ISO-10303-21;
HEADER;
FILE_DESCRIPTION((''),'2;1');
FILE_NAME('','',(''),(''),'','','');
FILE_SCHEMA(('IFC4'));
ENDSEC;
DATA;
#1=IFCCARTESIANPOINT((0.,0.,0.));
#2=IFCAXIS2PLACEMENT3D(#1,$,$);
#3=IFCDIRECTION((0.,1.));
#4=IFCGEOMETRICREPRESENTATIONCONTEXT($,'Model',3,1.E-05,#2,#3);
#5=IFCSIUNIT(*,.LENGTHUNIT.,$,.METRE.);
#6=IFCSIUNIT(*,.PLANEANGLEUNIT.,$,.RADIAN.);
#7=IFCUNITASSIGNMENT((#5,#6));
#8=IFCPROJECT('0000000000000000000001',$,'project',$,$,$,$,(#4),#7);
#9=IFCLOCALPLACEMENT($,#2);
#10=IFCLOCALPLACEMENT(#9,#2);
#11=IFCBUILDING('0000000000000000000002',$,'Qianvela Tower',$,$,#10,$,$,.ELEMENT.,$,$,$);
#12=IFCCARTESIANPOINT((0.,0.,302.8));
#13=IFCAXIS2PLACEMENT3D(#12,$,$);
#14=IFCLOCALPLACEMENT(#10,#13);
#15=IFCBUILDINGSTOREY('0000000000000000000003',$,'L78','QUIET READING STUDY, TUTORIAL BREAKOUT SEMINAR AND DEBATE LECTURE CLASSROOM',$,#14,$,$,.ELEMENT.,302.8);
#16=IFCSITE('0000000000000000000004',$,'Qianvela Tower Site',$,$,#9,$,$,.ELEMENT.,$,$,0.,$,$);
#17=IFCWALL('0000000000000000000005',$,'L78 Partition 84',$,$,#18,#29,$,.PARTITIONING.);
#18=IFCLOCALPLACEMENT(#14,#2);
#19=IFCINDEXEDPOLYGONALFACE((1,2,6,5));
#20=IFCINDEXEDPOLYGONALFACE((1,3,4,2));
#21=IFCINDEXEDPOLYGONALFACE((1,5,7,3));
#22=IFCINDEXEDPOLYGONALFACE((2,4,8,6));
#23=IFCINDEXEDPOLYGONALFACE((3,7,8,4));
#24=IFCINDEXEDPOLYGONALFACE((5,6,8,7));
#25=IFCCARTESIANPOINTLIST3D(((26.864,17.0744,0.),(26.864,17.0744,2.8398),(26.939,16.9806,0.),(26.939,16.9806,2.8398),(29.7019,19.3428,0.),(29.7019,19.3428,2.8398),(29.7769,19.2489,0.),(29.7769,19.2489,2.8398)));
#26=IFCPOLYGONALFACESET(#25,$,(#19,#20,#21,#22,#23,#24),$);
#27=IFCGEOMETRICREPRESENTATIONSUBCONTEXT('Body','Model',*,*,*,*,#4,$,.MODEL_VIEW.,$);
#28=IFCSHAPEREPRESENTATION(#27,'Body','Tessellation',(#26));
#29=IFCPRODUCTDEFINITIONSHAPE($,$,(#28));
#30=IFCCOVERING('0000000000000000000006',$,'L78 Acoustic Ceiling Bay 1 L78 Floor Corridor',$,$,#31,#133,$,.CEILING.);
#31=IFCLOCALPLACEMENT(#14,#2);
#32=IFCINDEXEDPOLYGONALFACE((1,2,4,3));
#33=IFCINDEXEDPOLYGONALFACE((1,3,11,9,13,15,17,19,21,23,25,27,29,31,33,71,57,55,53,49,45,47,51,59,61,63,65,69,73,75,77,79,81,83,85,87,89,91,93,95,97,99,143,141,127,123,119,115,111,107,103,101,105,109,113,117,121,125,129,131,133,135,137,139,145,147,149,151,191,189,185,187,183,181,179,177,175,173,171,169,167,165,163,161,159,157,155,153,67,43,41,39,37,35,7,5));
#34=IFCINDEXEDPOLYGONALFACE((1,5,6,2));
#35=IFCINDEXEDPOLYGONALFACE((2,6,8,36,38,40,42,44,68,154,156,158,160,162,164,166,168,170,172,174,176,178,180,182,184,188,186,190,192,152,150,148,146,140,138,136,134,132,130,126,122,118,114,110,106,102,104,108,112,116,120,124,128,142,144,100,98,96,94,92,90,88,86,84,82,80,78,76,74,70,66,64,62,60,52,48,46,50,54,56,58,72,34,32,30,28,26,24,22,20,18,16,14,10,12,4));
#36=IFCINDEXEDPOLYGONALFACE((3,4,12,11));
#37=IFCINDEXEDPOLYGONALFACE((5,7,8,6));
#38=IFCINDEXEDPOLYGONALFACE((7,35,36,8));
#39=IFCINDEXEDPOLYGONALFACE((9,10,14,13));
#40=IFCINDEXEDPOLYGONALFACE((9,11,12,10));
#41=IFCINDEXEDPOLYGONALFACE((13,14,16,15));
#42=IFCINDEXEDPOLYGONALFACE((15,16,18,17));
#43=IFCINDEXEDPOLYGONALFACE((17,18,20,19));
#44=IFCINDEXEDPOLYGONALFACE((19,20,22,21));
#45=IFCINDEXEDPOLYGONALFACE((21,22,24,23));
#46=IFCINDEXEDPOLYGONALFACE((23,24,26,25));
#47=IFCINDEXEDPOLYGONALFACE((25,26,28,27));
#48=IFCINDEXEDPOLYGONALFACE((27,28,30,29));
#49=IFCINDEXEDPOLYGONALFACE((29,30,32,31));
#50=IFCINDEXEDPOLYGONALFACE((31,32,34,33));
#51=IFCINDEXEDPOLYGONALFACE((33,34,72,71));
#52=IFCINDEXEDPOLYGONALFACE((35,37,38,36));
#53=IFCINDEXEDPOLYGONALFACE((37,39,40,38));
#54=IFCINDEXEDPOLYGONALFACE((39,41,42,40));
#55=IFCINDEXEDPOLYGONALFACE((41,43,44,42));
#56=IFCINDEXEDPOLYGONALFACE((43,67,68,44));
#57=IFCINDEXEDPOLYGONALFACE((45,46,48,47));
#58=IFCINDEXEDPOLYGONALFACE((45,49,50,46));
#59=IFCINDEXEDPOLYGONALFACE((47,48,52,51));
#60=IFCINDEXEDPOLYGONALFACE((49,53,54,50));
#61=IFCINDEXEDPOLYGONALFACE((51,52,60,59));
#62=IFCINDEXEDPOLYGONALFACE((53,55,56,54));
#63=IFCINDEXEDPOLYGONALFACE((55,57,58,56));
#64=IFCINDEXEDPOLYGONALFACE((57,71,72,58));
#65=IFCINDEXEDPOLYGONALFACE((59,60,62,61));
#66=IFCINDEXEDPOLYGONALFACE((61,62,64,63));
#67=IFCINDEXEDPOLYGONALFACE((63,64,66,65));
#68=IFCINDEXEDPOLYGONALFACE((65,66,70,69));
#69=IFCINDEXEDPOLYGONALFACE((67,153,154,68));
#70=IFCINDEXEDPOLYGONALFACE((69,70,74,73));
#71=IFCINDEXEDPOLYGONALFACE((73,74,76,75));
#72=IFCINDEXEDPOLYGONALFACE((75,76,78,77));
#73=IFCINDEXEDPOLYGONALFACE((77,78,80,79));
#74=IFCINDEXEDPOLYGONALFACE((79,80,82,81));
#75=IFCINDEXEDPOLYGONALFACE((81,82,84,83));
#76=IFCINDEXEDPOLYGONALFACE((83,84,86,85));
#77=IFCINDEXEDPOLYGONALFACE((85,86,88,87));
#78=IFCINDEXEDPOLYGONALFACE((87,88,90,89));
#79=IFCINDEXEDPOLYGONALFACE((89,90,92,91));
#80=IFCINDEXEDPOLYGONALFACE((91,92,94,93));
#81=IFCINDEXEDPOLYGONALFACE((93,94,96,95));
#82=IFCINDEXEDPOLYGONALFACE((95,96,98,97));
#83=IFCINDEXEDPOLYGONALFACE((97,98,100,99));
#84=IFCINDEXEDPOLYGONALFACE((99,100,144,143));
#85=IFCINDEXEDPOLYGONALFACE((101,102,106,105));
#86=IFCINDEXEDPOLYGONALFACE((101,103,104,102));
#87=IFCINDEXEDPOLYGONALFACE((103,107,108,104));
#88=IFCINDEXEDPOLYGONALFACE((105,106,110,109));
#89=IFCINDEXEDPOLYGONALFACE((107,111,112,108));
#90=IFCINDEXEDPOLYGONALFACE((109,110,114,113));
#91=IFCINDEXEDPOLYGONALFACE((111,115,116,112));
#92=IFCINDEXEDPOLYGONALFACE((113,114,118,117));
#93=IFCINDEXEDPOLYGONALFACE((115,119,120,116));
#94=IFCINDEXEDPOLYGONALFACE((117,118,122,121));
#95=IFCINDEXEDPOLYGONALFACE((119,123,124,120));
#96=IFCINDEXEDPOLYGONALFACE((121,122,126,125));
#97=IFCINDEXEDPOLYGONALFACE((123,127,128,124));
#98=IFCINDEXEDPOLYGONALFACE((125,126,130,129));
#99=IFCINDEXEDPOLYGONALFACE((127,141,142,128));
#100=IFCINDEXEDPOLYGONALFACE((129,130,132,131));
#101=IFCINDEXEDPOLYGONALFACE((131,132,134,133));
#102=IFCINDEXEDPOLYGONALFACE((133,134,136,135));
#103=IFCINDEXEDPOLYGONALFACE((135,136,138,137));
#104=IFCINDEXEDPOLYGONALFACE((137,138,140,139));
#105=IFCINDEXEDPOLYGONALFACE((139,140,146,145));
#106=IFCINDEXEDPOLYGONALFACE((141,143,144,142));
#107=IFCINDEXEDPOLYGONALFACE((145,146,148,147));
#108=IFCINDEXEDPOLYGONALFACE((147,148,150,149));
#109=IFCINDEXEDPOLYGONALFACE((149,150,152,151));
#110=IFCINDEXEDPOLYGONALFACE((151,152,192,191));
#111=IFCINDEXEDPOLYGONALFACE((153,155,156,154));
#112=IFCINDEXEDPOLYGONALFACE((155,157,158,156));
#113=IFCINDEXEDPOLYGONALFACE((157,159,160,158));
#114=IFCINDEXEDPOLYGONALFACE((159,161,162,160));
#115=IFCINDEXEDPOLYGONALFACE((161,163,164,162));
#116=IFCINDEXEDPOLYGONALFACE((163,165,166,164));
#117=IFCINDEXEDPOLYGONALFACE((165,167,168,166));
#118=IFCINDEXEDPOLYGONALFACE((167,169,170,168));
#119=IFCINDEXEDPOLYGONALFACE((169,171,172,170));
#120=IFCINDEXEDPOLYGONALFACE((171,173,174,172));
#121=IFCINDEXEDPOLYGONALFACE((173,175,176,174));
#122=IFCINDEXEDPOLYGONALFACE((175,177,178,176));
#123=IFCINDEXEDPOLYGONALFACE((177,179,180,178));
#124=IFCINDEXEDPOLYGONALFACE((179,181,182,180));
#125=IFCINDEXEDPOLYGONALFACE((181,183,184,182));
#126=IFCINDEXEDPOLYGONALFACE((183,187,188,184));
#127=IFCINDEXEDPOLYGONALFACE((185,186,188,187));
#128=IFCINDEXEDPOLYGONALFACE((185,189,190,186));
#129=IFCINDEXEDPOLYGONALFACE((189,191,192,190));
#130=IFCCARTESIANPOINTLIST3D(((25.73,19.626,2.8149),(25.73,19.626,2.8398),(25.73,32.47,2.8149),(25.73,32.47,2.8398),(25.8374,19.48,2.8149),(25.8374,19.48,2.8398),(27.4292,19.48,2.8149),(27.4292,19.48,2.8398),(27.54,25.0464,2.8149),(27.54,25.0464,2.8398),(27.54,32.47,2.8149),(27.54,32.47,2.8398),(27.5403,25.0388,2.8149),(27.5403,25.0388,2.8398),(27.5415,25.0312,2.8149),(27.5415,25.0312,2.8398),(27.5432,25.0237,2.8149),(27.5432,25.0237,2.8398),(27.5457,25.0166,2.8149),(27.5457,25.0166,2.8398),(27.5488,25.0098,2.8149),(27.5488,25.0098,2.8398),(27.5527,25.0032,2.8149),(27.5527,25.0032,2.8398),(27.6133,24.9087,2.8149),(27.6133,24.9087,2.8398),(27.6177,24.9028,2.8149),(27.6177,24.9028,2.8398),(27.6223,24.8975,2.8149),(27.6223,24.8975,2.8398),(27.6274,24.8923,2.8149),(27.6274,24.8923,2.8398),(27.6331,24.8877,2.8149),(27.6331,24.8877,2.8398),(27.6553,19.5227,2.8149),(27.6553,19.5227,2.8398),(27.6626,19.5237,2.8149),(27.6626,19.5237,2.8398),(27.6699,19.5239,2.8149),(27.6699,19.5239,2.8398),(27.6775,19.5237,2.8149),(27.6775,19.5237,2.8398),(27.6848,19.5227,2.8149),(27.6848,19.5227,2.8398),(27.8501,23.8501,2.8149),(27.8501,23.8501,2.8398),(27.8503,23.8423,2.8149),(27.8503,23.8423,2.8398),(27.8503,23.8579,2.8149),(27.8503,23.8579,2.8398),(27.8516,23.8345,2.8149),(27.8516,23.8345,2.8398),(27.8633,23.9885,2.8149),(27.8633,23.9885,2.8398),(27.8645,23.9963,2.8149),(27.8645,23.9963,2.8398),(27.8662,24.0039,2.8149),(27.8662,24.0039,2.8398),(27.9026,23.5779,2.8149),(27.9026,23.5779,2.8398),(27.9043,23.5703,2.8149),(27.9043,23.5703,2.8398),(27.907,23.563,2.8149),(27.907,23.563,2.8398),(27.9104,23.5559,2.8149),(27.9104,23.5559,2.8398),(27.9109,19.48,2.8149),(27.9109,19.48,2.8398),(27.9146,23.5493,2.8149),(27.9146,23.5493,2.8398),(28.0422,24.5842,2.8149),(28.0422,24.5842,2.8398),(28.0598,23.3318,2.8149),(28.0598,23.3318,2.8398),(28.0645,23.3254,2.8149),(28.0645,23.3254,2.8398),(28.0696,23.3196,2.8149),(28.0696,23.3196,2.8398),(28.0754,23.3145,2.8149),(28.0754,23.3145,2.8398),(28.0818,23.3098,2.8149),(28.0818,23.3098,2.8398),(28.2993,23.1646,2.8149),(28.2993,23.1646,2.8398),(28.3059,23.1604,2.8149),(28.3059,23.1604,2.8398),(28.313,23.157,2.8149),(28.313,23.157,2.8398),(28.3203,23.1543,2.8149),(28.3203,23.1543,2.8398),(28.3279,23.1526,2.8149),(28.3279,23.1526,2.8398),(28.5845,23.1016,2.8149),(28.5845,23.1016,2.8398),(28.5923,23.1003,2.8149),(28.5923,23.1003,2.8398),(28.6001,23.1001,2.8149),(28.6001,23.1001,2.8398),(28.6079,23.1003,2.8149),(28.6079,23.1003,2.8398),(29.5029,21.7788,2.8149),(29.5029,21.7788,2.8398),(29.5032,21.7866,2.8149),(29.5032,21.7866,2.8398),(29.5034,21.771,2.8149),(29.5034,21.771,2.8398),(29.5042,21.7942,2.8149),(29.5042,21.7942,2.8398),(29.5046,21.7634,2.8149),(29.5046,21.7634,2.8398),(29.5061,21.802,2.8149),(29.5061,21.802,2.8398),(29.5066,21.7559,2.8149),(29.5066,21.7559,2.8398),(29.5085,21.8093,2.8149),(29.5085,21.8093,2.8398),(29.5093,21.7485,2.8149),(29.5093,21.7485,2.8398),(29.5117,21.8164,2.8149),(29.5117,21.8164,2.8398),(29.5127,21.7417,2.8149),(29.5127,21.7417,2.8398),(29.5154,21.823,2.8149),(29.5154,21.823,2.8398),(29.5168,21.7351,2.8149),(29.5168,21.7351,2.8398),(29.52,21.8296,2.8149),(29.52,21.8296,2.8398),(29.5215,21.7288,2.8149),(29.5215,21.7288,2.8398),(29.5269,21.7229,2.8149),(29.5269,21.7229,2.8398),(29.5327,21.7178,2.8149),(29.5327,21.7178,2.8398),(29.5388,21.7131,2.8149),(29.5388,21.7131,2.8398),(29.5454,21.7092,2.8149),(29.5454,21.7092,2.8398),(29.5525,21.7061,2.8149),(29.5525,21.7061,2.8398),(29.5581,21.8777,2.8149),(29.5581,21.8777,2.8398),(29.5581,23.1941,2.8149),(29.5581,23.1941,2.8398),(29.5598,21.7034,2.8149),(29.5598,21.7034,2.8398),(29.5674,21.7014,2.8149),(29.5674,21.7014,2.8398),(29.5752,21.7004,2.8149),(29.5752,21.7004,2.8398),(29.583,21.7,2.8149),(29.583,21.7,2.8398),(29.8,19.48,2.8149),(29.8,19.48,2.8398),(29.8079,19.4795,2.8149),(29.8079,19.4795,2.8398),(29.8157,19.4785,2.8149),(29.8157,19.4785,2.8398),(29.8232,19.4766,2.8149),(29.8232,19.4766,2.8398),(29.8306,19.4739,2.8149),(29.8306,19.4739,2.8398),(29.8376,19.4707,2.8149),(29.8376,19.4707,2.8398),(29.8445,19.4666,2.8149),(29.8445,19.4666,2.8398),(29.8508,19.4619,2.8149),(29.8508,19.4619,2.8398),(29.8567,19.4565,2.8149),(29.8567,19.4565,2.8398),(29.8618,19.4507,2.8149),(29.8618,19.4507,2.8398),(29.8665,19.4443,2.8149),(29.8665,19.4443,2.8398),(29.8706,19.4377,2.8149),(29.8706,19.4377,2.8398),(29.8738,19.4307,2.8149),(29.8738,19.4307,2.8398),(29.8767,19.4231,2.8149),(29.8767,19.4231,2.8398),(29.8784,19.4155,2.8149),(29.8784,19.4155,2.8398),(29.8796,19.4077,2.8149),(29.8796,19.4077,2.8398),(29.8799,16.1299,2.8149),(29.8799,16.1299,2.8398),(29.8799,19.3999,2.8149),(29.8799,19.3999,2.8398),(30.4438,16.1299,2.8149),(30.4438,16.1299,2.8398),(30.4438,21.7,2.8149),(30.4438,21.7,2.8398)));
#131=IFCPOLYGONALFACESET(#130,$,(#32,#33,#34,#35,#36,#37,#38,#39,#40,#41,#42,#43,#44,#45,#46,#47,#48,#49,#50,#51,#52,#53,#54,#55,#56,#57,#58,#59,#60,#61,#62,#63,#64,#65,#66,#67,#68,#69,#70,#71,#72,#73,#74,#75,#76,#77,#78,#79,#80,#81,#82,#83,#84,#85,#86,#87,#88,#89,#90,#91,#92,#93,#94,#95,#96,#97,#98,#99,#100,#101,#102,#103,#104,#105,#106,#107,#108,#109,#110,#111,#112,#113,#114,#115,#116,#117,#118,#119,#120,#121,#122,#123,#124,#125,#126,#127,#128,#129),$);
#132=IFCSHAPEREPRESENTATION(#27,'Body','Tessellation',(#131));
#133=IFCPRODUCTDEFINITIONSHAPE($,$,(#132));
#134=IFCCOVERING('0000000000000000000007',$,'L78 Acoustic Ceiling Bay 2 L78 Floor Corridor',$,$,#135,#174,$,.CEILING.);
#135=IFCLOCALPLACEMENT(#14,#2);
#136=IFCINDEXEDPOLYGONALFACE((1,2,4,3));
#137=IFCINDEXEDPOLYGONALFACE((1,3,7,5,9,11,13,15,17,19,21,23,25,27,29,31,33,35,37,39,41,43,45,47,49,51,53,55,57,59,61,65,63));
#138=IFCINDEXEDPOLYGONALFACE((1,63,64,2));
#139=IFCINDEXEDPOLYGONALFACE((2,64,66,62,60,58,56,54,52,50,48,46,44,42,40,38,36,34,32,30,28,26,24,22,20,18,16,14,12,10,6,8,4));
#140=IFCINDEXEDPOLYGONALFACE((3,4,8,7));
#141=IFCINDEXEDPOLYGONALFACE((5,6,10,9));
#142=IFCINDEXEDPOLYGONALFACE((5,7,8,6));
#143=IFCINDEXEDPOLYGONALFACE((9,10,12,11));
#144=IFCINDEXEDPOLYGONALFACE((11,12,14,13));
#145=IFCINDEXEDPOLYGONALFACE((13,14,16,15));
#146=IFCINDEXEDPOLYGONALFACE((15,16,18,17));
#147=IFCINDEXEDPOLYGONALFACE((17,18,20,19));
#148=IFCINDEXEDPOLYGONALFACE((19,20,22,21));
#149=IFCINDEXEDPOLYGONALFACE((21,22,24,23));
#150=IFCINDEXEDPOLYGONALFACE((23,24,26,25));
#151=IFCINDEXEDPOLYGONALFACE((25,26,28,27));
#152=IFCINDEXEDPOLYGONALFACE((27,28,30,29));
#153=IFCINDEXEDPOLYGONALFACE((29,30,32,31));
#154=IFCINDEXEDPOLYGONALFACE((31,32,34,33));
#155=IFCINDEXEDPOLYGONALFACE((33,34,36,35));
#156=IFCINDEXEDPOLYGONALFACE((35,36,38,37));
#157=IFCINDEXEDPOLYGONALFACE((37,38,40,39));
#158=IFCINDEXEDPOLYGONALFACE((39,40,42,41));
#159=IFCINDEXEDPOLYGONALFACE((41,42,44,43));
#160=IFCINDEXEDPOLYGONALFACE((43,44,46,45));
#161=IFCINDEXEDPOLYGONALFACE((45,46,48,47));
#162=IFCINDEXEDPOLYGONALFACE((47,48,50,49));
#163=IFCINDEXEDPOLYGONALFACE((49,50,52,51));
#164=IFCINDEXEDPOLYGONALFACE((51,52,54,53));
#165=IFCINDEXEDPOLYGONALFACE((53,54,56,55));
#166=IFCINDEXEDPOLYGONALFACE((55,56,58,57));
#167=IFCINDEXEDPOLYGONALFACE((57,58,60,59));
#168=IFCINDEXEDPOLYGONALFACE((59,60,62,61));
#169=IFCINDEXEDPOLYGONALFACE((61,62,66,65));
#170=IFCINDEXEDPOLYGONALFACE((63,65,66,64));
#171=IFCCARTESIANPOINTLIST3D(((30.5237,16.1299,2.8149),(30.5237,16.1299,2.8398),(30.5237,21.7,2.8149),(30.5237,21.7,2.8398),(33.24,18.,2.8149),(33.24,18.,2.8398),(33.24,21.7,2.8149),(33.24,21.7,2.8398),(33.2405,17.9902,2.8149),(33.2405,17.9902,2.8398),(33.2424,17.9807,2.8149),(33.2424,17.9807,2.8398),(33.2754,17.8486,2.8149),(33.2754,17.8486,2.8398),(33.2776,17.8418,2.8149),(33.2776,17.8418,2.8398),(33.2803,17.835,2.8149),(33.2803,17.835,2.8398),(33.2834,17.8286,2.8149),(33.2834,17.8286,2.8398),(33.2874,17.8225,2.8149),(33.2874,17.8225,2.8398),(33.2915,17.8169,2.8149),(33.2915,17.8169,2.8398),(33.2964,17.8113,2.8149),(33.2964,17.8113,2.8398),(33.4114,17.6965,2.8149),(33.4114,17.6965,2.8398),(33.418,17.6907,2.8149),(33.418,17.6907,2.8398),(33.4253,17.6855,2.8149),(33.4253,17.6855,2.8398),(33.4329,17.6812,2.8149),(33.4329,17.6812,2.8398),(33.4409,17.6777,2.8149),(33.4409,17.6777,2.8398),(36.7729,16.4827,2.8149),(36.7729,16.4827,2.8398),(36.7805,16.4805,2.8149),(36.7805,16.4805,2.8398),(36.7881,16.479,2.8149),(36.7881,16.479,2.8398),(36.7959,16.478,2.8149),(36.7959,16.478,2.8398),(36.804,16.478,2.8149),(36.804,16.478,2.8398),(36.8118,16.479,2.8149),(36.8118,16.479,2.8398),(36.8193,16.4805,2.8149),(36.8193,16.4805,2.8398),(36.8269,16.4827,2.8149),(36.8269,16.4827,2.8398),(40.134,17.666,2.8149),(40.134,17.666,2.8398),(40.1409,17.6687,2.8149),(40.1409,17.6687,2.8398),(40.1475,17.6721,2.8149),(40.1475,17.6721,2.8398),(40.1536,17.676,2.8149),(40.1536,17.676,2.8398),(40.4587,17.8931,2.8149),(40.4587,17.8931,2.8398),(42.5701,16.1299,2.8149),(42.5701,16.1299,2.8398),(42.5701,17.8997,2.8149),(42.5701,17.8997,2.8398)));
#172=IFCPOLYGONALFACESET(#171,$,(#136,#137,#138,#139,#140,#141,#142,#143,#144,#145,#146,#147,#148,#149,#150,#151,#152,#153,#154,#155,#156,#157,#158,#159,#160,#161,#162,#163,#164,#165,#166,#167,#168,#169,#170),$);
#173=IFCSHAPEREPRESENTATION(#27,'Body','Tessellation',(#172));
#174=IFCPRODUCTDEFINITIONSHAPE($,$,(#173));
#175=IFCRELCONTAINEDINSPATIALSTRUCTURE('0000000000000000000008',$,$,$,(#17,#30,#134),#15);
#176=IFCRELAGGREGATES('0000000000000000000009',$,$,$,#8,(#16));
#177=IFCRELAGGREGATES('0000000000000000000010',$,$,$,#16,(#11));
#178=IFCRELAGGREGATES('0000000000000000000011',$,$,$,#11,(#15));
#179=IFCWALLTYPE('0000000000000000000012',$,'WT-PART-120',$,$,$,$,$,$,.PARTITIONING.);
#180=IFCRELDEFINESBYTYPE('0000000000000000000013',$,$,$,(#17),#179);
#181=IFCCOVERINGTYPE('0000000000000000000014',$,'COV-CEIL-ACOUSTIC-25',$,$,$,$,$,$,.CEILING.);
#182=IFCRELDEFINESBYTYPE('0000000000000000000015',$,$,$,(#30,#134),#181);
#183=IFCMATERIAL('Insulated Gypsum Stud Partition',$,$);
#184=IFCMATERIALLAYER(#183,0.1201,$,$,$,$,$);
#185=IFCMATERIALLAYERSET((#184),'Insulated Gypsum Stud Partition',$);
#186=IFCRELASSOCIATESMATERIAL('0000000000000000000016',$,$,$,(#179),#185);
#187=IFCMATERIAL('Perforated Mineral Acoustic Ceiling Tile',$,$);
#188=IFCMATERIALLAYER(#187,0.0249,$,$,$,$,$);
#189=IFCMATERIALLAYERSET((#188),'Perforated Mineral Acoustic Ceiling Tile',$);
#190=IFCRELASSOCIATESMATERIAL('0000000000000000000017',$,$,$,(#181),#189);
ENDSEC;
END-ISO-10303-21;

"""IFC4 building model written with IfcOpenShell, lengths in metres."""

from ifc_helpers import new_model, si_unit, direction, frame, frame_2d, origin, place, context, subcontext, project, spatial, polyline, rectangle, outline, extrude, material, layer, layer_set, type_object, element, save


model = new_model("IFC4")

# Units and contexts
model_context = context("Model", 3, precision=1e-05, world=origin(), true_north=direction((0.0, 1.0)))
body_context = subcontext(model_context, "Body", "Model", "MODEL_VIEW")
ifc_project = project(units=[si_unit("LENGTHUNIT", "METRE"), si_unit("PLANEANGLEUNIT", "RADIAN")], contexts=[model_context])

# Site, building, storey
site_placement = place(None, origin())
site = spatial("IfcSite", under=ifc_project, at=site_placement, Name="Qianvela Tower Site", CompositionType="ELEMENT", RefElevation=0.0)
building_placement = place(site_placement, origin())
building = spatial("IfcBuilding", under=site, at=building_placement, Name="Qianvela Tower", CompositionType="ELEMENT")
storey_placement = place(building_placement, frame((0.0, 0.0, 302.8)))
storey = spatial("IfcBuildingStorey", under=building, at=storey_placement, Name="L78", Description="QUIET READING STUDY, TUTORIAL BREAKOUT SEMINAR AND DEBATE LECTURE CLASSROOM", CompositionType="ELEMENT", Elevation=302.8)

# Wall
ifc_material_1 = material(Name="Insulated Gypsum Stud Partition")
ifc_layer_1 = layer(ifc_material_1, 0.1201)
ifc_layer_set_1 = layer_set([ifc_layer_1], Name="Insulated Gypsum Stud Partition")
wall_type_1 = type_object("IfcWallType", Name="WT-PART-120", PredefinedType="PARTITIONING", material=ifc_layer_set_1)
wall_1_placement = place(storey_placement, frame((26.9016, 17.0276, 0.0), z_axis=(0.0, 0.0, 1.0), x_axis=(0.781138, 0.624359, 0.0)))
element("IfcWall", 1, at=wall_1_placement, inside=storey, type_object=wall_type_1, Name="L78 Partition 84", PredefinedType="PARTITIONING", context=body_context, shape_type="SweptSolid", body=[
    extrude(rectangle(XDim=3.6331, YDim=0.1201, at=frame_2d((1.8164, 0.0))), origin(), (0.0, 0.0, 1.0), 2.8398),
])

# Coverings
ifc_material_2 = material(Name="Perforated Mineral Acoustic Ceiling Tile")
ifc_layer_2 = layer(ifc_material_2, 0.0249)
ifc_layer_set_2 = layer_set([ifc_layer_2], Name="Perforated Mineral Acoustic Ceiling Tile")
covering_type_1 = type_object("IfcCoveringType", Name="COV-CEIL-ACOUSTIC-25", PredefinedType="CEILING", material=ifc_layer_set_2)
covering_1_placement = place(storey_placement, frame((0.0, 0.0, 2.8149)))
element("IfcCovering", 2, at=covering_1_placement, inside=storey, type_object=covering_type_1, Name="L78 Acoustic Ceiling Bay 1 L78 Floor Corridor", PredefinedType="CEILING", context=body_context, shape_type="SweptSolid", body=[
    extrude(outline(polyline([(27.54, 32.47), (27.54, 25.0464), (27.5403, 25.0388), (27.5415, 25.0312), (27.5432, 25.0237), (27.5457, 25.0166), (27.5488, 25.0098), (27.5527, 25.0032), (27.6133, 24.9087), (27.6177, 24.9028), (27.6223, 24.8975), (27.6274, 24.8923), (27.6331, 24.8877), (28.0422, 24.5842), (27.8662, 24.0039), (27.8645, 23.9963), (27.8633, 23.9885), (27.8503, 23.8579), (27.8501, 23.8501), (27.8503, 23.8423), (27.8516, 23.8345), (27.9026, 23.5779), (27.9043, 23.5703), (27.907, 23.563), (27.9104, 23.5559), (27.9146, 23.5493), (28.0598, 23.3318), (28.0645, 23.3254), (28.0696, 23.3196), (28.0754, 23.3145), (28.0818, 23.3098), (28.2993, 23.1646), (28.3059, 23.1604), (28.313, 23.157), (28.3203, 23.1543), (28.3279, 23.1526), (28.5845, 23.1016), (28.5923, 23.1003), (28.6001, 23.1001), (28.6079, 23.1003), (29.5581, 23.1941), (29.5581, 21.8777), (29.52, 21.8296), (29.5154, 21.823), (29.5117, 21.8164), (29.5085, 21.8093), (29.5061, 21.802), (29.5042, 21.7942), (29.5032, 21.7866), (29.5029, 21.7788), (29.5034, 21.771), (29.5046, 21.7634), (29.5066, 21.7559), (29.5093, 21.7485), (29.5127, 21.7417), (29.5168, 21.7351), (29.5215, 21.7288), (29.5269, 21.7229), (29.5327, 21.7178), (29.5388, 21.7131), (29.5454, 21.7092), (29.5525, 21.7061), (29.5598, 21.7034), (29.5674, 21.7014), (29.5752, 21.7004), (29.583, 21.7), (30.4438, 21.7), (30.4438, 16.1299), (29.8799, 16.1299), (29.8799, 19.3999), (29.8796, 19.4077), (29.8784, 19.4155), (29.8767, 19.4231), (29.8738, 19.4307), (29.8706, 19.4377), (29.8665, 19.4443), (29.8618, 19.4507), (29.8567, 19.4565), (29.8508, 19.4619), (29.8445, 19.4666), (29.8376, 19.4707), (29.8306, 19.4739), (29.8232, 19.4766), (29.8157, 19.4785), (29.8079, 19.4795), (29.8, 19.48), (27.9109, 19.48), (27.6848, 19.5227), (27.6775, 19.5237), (27.6699, 19.5239), (27.6626, 19.5237), (27.6553, 19.5227), (27.4292, 19.48), (25.8374, 19.48), (25.73, 19.626), (25.73, 32.47), (27.54, 32.47)])), origin(), (0.0, 0.0, 1.0), 0.0249),
])
covering_2_placement = place(storey_placement, frame((0.0, 0.0, 2.8149)))
element("IfcCovering", 3, at=covering_2_placement, inside=storey, type_object=covering_type_1, Name="L78 Acoustic Ceiling Bay 2 L78 Floor Corridor", PredefinedType="CEILING", context=body_context, shape_type="SweptSolid", body=[
    extrude(outline(polyline([(33.24, 21.7), (33.24, 18.0), (33.2405, 17.9902), (33.2424, 17.9807), (33.2754, 17.8486), (33.2776, 17.8418), (33.2803, 17.835), (33.2834, 17.8286), (33.2874, 17.8225), (33.2915, 17.8169), (33.2964, 17.8113), (33.4114, 17.6965), (33.418, 17.6907), (33.4253, 17.6855), (33.4329, 17.6812), (33.4409, 17.6777), (36.7729, 16.4827), (36.7805, 16.4805), (36.7881, 16.479), (36.7959, 16.478), (36.804, 16.478), (36.8118, 16.479), (36.8193, 16.4805), (36.8269, 16.4827), (40.134, 17.666), (40.1409, 17.6687), (40.1475, 17.6721), (40.1536, 17.676), (40.4587, 17.8931), (42.5701, 17.8997), (42.5701, 16.1299), (30.5237, 16.1299), (30.5237, 21.7), (33.24, 21.7)])), origin(), (0.0, 0.0, 1.0), 0.0249),
])

save(model, "model.ifc")
